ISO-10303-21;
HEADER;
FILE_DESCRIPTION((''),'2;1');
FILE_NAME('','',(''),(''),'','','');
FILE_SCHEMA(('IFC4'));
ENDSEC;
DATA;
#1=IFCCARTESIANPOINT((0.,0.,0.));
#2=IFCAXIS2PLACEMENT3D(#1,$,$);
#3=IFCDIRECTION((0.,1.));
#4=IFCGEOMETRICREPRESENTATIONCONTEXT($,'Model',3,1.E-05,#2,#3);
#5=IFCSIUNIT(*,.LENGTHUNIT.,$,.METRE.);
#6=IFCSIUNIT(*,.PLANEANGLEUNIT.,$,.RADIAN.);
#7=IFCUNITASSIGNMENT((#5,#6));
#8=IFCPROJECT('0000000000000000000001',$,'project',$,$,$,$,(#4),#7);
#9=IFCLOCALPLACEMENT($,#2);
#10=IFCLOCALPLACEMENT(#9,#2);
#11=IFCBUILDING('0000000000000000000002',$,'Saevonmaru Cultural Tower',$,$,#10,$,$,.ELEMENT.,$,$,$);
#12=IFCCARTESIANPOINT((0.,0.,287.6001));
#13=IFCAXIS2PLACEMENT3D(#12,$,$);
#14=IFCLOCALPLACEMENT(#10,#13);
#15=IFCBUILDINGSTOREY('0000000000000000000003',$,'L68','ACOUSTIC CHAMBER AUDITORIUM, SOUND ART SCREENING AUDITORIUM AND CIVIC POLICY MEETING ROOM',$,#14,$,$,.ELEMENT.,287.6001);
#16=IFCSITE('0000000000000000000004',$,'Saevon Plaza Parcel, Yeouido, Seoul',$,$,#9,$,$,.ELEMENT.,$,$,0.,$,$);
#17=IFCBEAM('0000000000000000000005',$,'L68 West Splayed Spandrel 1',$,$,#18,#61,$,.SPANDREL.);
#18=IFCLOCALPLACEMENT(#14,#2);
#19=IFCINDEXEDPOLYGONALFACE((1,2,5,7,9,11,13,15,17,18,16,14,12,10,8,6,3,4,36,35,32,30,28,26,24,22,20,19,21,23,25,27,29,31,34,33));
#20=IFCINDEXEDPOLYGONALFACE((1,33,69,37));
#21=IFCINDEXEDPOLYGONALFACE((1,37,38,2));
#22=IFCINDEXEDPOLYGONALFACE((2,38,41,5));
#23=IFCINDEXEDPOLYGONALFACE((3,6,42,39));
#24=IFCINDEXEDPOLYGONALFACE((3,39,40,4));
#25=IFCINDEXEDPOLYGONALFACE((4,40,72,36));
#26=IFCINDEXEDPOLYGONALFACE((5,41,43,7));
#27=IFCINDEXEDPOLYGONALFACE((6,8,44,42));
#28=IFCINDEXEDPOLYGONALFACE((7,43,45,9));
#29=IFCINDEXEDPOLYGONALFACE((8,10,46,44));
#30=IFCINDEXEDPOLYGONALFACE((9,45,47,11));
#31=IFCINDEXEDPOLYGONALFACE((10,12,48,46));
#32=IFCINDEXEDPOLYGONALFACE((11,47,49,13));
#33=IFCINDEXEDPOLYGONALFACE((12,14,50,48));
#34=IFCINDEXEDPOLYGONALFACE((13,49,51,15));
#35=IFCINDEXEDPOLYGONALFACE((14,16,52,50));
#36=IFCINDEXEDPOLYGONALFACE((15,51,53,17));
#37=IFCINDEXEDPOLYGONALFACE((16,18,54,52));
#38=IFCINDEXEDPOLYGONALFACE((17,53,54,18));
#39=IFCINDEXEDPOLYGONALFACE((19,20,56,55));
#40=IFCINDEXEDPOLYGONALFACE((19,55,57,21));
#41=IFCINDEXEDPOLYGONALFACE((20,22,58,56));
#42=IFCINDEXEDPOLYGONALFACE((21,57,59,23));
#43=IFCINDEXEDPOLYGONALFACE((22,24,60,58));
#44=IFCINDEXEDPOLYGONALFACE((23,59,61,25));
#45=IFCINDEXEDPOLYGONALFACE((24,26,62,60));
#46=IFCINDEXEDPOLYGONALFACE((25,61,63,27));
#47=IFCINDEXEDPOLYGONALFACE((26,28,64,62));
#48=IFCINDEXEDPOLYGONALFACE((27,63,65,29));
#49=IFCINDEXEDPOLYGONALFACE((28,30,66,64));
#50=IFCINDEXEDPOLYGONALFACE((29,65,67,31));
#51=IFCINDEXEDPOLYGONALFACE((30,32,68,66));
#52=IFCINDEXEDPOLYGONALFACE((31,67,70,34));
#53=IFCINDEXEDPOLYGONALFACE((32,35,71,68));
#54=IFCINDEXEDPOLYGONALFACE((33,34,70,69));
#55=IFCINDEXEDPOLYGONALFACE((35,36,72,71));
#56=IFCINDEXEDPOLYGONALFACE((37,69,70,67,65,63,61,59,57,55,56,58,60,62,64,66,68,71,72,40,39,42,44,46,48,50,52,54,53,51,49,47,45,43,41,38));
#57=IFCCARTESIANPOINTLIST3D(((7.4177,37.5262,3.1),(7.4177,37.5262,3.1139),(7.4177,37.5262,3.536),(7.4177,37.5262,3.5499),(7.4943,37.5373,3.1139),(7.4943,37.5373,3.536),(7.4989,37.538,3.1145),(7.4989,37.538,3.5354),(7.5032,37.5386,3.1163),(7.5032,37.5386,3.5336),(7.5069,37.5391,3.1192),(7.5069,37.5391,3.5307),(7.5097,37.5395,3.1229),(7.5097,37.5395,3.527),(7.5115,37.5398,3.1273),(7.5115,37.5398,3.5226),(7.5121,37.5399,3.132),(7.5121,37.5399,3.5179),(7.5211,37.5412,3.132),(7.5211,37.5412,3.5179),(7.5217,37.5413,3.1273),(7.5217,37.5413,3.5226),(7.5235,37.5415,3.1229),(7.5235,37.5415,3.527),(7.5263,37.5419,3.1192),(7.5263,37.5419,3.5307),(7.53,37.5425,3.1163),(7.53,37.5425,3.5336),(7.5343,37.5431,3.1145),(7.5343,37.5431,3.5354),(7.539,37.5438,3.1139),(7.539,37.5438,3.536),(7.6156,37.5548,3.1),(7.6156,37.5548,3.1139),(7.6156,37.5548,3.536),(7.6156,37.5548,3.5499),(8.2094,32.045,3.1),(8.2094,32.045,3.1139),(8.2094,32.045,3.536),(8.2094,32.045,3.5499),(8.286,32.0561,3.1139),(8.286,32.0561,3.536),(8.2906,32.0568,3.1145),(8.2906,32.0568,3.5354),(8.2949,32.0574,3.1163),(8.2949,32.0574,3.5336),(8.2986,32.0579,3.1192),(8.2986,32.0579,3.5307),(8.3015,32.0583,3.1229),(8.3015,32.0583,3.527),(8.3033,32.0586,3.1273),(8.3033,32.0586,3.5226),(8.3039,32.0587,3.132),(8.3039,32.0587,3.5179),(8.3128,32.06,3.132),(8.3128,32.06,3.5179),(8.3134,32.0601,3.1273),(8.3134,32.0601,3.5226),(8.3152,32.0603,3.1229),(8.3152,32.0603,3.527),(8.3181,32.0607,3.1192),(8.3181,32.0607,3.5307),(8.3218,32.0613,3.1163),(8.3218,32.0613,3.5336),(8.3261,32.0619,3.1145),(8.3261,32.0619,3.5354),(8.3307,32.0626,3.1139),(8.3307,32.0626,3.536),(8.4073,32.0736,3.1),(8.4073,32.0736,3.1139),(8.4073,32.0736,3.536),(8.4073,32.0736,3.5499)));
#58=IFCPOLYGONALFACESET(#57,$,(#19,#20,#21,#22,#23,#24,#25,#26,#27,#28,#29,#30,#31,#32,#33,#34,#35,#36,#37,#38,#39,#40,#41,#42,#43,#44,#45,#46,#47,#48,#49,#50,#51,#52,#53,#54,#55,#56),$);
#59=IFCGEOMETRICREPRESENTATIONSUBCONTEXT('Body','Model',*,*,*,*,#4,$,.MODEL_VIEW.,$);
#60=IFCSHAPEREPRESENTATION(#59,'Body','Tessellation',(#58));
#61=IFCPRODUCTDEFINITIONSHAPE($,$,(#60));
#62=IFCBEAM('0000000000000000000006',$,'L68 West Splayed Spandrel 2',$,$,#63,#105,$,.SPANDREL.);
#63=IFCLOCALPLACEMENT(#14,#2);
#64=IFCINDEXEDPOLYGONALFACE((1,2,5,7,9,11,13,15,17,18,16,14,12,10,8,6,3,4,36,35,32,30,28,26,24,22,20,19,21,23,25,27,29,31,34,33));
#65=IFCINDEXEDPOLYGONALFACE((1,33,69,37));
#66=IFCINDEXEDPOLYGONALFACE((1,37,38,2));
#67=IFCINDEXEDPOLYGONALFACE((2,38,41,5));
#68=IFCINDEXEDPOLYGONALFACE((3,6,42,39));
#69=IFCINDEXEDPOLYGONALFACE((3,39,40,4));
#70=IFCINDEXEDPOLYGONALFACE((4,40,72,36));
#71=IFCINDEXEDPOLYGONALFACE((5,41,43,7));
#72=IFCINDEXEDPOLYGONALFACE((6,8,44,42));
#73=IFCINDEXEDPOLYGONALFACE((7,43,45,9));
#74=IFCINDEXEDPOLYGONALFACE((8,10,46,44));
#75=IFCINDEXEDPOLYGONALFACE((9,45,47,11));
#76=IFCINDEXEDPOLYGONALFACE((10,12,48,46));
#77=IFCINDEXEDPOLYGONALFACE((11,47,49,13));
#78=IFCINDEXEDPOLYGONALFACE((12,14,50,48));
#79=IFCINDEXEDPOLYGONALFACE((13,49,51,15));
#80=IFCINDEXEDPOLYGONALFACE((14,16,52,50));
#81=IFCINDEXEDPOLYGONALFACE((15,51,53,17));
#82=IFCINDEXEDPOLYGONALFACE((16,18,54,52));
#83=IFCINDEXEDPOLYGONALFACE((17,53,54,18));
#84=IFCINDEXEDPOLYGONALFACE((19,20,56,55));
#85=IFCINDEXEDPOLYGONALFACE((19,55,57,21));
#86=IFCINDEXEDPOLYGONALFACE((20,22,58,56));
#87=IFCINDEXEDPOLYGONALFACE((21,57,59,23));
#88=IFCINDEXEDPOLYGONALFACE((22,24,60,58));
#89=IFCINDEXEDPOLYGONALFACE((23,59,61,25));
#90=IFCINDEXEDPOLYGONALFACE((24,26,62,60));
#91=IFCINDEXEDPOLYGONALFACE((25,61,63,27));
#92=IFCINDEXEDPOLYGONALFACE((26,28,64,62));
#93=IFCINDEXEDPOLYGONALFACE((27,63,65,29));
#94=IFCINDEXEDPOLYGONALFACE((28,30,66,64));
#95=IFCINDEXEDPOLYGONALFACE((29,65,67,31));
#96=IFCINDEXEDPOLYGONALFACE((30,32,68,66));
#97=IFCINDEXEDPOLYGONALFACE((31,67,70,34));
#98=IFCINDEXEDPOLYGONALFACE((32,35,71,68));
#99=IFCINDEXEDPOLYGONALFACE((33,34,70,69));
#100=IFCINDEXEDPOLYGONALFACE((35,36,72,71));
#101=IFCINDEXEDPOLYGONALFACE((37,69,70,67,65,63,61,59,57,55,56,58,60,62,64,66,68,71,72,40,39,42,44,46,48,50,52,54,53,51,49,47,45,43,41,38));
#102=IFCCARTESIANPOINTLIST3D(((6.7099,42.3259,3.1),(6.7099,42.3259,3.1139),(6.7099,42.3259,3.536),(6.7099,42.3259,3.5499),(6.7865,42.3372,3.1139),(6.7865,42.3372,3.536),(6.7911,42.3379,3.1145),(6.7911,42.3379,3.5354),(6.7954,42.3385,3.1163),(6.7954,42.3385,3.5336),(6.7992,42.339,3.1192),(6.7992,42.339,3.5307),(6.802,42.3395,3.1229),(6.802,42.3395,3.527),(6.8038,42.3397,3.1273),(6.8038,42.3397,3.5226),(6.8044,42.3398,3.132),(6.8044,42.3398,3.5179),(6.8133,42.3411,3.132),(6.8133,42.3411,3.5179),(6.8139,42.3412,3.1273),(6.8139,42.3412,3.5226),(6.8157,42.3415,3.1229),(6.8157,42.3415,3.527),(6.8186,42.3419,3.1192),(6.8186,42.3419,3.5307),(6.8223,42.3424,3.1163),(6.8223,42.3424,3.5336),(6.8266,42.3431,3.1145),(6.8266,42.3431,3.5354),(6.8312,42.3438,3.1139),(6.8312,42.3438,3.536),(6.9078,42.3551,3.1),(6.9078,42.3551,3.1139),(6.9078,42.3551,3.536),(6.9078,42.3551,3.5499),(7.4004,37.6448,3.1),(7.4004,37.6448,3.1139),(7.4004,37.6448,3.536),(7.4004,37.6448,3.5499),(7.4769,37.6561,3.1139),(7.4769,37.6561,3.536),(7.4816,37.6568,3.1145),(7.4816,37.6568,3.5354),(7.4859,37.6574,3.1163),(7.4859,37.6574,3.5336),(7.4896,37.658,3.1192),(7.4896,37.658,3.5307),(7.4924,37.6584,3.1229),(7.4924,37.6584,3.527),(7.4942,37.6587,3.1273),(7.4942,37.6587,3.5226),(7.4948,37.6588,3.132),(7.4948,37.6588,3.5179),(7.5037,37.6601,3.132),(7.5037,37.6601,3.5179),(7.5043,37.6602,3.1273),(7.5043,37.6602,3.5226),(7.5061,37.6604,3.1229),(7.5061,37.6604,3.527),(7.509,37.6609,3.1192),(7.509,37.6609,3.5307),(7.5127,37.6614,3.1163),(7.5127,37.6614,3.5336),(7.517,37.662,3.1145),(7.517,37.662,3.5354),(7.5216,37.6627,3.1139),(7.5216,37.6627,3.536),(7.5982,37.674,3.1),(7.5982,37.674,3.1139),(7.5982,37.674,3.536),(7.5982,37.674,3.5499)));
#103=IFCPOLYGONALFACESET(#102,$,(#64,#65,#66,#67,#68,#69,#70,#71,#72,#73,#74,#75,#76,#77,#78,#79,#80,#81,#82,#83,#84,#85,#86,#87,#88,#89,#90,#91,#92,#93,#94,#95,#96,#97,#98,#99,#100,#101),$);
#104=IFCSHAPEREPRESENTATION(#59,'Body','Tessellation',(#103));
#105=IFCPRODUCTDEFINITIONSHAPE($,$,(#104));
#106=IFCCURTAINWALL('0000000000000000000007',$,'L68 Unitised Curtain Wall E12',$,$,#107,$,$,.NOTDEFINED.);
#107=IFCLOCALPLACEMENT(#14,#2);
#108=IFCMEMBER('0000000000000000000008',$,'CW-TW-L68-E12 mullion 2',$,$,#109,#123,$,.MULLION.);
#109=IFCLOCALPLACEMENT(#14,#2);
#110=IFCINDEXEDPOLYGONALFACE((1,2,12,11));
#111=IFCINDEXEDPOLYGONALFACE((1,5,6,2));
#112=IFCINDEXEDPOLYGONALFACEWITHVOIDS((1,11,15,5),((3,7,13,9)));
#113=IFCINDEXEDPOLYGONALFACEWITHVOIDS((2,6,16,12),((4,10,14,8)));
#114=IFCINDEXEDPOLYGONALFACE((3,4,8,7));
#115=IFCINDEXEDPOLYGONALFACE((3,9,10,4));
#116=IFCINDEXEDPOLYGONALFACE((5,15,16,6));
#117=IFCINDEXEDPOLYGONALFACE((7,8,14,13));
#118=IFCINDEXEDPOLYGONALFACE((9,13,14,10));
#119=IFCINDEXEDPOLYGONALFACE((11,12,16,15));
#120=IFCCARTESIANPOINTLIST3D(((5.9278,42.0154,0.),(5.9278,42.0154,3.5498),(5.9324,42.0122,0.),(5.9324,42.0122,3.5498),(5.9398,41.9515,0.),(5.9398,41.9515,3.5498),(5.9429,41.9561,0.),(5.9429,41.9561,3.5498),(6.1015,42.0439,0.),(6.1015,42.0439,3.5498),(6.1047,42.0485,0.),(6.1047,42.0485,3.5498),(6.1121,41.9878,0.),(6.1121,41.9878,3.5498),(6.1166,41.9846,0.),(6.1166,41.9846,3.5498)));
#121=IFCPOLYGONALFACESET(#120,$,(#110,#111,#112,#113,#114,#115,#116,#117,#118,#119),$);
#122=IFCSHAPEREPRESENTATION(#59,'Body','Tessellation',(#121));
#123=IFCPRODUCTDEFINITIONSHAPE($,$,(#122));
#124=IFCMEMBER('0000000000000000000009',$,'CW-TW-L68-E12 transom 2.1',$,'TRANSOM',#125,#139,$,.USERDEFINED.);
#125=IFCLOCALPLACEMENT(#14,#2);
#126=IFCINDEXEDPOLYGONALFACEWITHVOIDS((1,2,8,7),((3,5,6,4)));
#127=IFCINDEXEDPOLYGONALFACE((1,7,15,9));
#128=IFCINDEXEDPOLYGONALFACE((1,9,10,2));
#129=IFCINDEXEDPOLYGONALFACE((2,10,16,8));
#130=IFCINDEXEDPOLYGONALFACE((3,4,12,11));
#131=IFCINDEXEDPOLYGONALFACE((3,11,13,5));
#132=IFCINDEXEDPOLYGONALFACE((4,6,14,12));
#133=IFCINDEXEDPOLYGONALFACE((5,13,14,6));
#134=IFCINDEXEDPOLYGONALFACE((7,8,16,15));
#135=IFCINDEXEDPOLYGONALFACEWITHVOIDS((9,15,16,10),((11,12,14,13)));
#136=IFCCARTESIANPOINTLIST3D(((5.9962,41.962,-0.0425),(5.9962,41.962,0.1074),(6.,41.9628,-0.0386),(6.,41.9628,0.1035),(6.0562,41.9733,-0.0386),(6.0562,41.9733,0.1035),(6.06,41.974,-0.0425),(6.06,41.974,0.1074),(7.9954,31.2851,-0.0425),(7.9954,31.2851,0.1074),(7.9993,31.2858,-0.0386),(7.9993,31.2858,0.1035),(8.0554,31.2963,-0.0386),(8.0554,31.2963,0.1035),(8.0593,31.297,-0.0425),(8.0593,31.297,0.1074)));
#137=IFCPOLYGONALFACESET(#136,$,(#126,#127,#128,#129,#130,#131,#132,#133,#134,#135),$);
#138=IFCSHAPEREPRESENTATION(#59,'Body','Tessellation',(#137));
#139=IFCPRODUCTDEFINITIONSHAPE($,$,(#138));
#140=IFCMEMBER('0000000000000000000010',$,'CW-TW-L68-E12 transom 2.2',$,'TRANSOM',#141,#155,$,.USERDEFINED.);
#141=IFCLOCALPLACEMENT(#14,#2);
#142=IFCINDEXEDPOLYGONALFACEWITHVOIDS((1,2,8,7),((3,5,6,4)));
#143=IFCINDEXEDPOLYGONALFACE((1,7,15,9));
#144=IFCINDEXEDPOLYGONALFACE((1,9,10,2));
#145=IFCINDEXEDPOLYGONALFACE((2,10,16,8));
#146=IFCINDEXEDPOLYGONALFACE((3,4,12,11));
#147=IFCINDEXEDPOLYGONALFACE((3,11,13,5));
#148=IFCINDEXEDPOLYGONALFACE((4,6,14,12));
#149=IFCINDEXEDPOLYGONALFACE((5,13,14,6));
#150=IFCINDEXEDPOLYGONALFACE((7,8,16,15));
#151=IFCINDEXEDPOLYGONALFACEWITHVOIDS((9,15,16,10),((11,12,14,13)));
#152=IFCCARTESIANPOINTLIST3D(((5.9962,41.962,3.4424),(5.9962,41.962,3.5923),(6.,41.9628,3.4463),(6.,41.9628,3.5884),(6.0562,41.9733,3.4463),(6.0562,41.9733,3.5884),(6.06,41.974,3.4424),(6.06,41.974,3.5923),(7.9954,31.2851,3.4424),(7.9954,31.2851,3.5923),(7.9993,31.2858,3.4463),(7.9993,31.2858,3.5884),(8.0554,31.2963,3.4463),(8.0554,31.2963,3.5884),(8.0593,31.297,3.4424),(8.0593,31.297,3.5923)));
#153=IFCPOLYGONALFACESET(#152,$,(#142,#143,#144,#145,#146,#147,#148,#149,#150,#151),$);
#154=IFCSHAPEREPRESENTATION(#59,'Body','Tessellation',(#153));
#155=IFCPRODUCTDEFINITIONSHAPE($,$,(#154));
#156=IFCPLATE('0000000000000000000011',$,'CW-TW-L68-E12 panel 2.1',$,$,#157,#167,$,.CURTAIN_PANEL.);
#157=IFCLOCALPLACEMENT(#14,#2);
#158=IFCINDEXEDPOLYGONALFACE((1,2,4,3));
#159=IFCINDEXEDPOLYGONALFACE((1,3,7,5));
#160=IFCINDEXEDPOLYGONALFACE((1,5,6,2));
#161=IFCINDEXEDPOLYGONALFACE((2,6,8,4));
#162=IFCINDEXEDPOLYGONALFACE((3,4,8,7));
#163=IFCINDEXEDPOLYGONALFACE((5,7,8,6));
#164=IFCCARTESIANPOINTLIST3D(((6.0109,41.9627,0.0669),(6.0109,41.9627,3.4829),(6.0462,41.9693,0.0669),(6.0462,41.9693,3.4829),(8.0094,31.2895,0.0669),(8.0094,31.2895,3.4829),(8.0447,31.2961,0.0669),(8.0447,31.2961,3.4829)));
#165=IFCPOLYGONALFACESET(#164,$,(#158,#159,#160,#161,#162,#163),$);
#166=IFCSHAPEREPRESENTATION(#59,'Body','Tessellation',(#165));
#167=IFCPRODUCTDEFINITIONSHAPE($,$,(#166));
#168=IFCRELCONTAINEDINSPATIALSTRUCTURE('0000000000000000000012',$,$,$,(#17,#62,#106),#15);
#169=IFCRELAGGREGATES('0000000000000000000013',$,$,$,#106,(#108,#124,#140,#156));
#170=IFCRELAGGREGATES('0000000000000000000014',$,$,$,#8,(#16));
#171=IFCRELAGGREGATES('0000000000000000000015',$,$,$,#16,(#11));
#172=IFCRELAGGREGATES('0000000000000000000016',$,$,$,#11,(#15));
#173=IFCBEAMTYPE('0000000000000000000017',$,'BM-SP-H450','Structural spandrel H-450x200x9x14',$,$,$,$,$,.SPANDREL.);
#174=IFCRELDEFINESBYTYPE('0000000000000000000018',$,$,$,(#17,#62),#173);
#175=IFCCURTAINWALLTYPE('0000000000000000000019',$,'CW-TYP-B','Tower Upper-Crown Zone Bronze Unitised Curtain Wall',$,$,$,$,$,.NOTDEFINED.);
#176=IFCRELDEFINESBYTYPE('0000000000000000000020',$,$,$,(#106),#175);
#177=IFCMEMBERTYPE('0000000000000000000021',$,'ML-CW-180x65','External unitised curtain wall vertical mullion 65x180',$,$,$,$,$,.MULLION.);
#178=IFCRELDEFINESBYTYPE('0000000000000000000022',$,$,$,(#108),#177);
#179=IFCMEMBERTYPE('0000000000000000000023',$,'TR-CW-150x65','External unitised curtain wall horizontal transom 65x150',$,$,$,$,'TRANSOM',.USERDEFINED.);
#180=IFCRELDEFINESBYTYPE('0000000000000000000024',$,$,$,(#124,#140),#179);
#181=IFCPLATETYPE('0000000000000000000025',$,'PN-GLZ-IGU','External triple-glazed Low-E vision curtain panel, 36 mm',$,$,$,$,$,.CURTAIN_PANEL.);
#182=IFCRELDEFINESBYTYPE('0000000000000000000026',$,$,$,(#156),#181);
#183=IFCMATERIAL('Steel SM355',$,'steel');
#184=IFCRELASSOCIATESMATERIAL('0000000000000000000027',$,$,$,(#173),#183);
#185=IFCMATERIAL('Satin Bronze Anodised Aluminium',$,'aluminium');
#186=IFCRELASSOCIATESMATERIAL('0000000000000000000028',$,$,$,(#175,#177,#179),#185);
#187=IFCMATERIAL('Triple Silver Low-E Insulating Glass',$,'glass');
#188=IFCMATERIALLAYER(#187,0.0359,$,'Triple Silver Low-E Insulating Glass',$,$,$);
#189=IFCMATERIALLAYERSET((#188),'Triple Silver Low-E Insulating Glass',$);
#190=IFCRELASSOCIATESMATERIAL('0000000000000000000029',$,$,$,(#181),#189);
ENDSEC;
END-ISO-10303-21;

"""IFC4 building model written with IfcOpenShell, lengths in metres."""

from ifc_helpers import new_model, si_unit, direction, frame, origin, origin_2d, place, context, subcontext, project, spatial, rectangle, hollow_rectangle, i_section, extrude, material, layer, layer_set, material_profile, profile_set, type_object, element, aggregate, save


model = new_model("IFC4")

# Units and contexts
model_context = context("Model", 3, precision=1e-05, world=origin(), true_north=direction((0.0, 1.0)))
body_context = subcontext(model_context, "Body", "Model", "MODEL_VIEW")
ifc_project = project(units=[si_unit("LENGTHUNIT", "METRE"), si_unit("PLANEANGLEUNIT", "RADIAN")], contexts=[model_context])

# Site, building, storey
site_placement = place(None, origin())
site = spatial("IfcSite", under=ifc_project, at=site_placement, Name="Saevon Plaza Parcel, Yeouido, Seoul", CompositionType="ELEMENT", RefElevation=0.0)
building_placement = place(site_placement, origin())
building = spatial("IfcBuilding", under=site, at=building_placement, Name="Saevonmaru Cultural Tower", CompositionType="ELEMENT")
storey_placement = place(building_placement, frame((0.0, 0.0, 287.6001)))
storey = spatial("IfcBuildingStorey", under=building, at=storey_placement, Name="L68", Description="ACOUSTIC CHAMBER AUDITORIUM, SOUND ART SCREENING AUDITORIUM AND CIVIC POLICY MEETING ROOM", CompositionType="ELEMENT", Elevation=287.6001)

# Shared definitions
ifc_material_1 = material(Name="Steel SM355", Category="steel")

# Beams
ifc_material_profile_1 = material_profile(ifc_material_1, i_section(OverallWidth=0.2, OverallDepth=0.45, WebThickness=0.009, FlangeThickness=0.0139, FilletRadius=0.0181, at=origin_2d()), Name="H-450x200x9x14")
ifc_profile_set_1 = profile_set([ifc_material_profile_1], Name="Steel SM355")
beam_type_1 = type_object("IfcBeamType", Name="BM-SP-H450", Description="Structural spandrel H-450x200x9x14", PredefinedType="SPANDREL", material=ifc_profile_set_1)
beam_1_placement = place(storey_placement, frame((8.3083, 32.0593, 3.325), z_axis=(-0.142964, 0.989728, 0.0), x_axis=(-0.989728, -0.142964, 0.0)))
element("IfcBeam", 1, at=beam_1_placement, inside=storey, type_object=beam_type_1, Name="L68 West Splayed Spandrel 1", PredefinedType="SPANDREL", context=body_context, shape_type="SweptSolid", body=[
    extrude(i_section(OverallWidth=0.2, OverallDepth=0.45, WebThickness=0.009, FlangeThickness=0.0139, FilletRadius=0.0181, at=origin_2d()), origin(), (0.0, 0.0, 1.0), 5.5381),
])
beam_2_placement = place(storey_placement, frame((7.4993, 37.6594, 3.325), z_axis=(-0.145913, 0.989297, 0.0), x_axis=(-0.989297, -0.145913, 0.0)))
element("IfcBeam", 2, at=beam_2_placement, inside=storey, type_object=beam_type_1, Name="L68 West Splayed Spandrel 2", PredefinedType="SPANDREL", context=body_context, shape_type="SweptSolid", body=[
    extrude(i_section(OverallWidth=0.2, OverallDepth=0.45, WebThickness=0.009, FlangeThickness=0.0139, FilletRadius=0.0181, at=origin_2d()), origin(), (0.0, 0.0, 1.0), 4.7317),
])

# Curtain wall, members, plate
ifc_material_2 = material(Name="Satin Bronze Anodised Aluminium", Category="aluminium")
curtain_wall_type = type_object("IfcCurtainWallType", Name="CW-TYP-B", Description="Tower Upper-Crown Zone Bronze Unitised Curtain Wall", PredefinedType="NOTDEFINED", material=ifc_material_2)
curtain_wall_placement = place(storey_placement, origin())
curtain_wall = element("IfcCurtainWall", 3, at=curtain_wall_placement, inside=storey, type_object=curtain_wall_type, Name="L68 Unitised Curtain Wall E12", PredefinedType="NOTDEFINED")
ifc_material_profile_2 = material_profile(ifc_material_2, hollow_rectangle(XDim=0.0649, YDim=0.1799, WallThickness=0.0039, at=origin_2d()), Name="ALU-MULL-180x65x4")
ifc_profile_set_2 = profile_set([ifc_material_profile_2], Name="Satin Bronze Anodised Aluminium")
member_type_1 = type_object("IfcMemberType", Name="ML-CW-180x65", Description="External unitised curtain wall vertical mullion 65x180", PredefinedType="MULLION", material=ifc_profile_set_2)
member_1_placement = place(storey_placement, frame((6.0222, 42.0, 0.0), z_axis=(0.0, 0.0, 1.0), x_axis=(0.184047, -0.982918, 0.0)))
member_1 = element("IfcMember", 4, at=member_1_placement, type_object=member_type_1, Name="CW-TW-L68-E12 mullion 2", PredefinedType="MULLION", context=body_context, shape_type="SweptSolid", body=[
    extrude(hollow_rectangle(XDim=0.0649, YDim=0.1799, WallThickness=0.0039, at=origin_2d()), origin(), (0.0, 0.0, 1.0), 3.5498),
])
ifc_material_profile_3 = material_profile(ifc_material_2, hollow_rectangle(XDim=0.0649, YDim=0.1499, WallThickness=0.0039, at=origin_2d()), Name="ALU-TRAN-150x65x4")
ifc_profile_set_3 = profile_set([ifc_material_profile_3], Name="Satin Bronze Anodised Aluminium")
member_type_2 = type_object("IfcMemberType", Name="TR-CW-150x65", Description="External unitised curtain wall horizontal transom 65x150", ElementType="TRANSOM", PredefinedType="USERDEFINED", material=ifc_profile_set_3)
member_2_placement = place(storey_placement, frame((6.0281, 41.968, 0.0325), z_axis=(0.184051, -0.982917, 0.0), x_axis=(0.982917, 0.184051, 0.0)))
member_2 = element("IfcMember", 5, at=member_2_placement, type_object=member_type_2, Name="CW-TW-L68-E12 transom 2.1", ObjectType="TRANSOM", PredefinedType="USERDEFINED", context=body_context, shape_type="SweptSolid", body=[
    extrude(hollow_rectangle(XDim=0.0649, YDim=0.1499, WallThickness=0.0039, at=origin_2d()), origin(), (0.0, 0.0, 1.0), 10.8625),
])
member_3_placement = place(storey_placement, frame((6.0281, 41.968, 3.5173), z_axis=(0.184051, -0.982917, 0.0), x_axis=(0.982917, 0.184051, 0.0)))
member_3 = element("IfcMember", 6, at=member_3_placement, type_object=member_type_2, Name="CW-TW-L68-E12 transom 2.2", ObjectType="TRANSOM", PredefinedType="USERDEFINED", context=body_context, shape_type="SweptSolid", body=[
    extrude(hollow_rectangle(XDim=0.0649, YDim=0.1499, WallThickness=0.0039, at=origin_2d()), origin(), (0.0, 0.0, 1.0), 10.8625),
])
ifc_material_3 = material(Name="Triple Silver Low-E Insulating Glass", Category="glass")
ifc_layer_1 = layer(ifc_material_3, 0.0359, Name="Triple Silver Low-E Insulating Glass")
ifc_layer_set_1 = layer_set([ifc_layer_1], Name="Triple Silver Low-E Insulating Glass")
plate_type = type_object("IfcPlateType", Name="PN-GLZ-IGU", Description="External triple-glazed Low-E vision curtain panel, 36 mm", PredefinedType="CURTAIN_PANEL", material=ifc_layer_set_1)
plate_placement = place(storey_placement, frame((7.0278, 36.6294, 0.0669), z_axis=(0.0, 0.0, 1.0), x_axis=(0.184047, -0.982918, 0.0)))
plate = element("IfcPlate", 7, at=plate_placement, type_object=plate_type, Name="CW-TW-L68-E12 panel 2.1", PredefinedType="CURTAIN_PANEL", context=body_context, shape_type="SweptSolid", body=[
    extrude(rectangle(XDim=10.8586, YDim=0.0359, at=origin_2d()), origin(), (0.0, 0.0, 1.0), 3.416),
])
aggregate(curtain_wall, [member_1, member_2, member_3, plate])

save(model, "model.ifc")
